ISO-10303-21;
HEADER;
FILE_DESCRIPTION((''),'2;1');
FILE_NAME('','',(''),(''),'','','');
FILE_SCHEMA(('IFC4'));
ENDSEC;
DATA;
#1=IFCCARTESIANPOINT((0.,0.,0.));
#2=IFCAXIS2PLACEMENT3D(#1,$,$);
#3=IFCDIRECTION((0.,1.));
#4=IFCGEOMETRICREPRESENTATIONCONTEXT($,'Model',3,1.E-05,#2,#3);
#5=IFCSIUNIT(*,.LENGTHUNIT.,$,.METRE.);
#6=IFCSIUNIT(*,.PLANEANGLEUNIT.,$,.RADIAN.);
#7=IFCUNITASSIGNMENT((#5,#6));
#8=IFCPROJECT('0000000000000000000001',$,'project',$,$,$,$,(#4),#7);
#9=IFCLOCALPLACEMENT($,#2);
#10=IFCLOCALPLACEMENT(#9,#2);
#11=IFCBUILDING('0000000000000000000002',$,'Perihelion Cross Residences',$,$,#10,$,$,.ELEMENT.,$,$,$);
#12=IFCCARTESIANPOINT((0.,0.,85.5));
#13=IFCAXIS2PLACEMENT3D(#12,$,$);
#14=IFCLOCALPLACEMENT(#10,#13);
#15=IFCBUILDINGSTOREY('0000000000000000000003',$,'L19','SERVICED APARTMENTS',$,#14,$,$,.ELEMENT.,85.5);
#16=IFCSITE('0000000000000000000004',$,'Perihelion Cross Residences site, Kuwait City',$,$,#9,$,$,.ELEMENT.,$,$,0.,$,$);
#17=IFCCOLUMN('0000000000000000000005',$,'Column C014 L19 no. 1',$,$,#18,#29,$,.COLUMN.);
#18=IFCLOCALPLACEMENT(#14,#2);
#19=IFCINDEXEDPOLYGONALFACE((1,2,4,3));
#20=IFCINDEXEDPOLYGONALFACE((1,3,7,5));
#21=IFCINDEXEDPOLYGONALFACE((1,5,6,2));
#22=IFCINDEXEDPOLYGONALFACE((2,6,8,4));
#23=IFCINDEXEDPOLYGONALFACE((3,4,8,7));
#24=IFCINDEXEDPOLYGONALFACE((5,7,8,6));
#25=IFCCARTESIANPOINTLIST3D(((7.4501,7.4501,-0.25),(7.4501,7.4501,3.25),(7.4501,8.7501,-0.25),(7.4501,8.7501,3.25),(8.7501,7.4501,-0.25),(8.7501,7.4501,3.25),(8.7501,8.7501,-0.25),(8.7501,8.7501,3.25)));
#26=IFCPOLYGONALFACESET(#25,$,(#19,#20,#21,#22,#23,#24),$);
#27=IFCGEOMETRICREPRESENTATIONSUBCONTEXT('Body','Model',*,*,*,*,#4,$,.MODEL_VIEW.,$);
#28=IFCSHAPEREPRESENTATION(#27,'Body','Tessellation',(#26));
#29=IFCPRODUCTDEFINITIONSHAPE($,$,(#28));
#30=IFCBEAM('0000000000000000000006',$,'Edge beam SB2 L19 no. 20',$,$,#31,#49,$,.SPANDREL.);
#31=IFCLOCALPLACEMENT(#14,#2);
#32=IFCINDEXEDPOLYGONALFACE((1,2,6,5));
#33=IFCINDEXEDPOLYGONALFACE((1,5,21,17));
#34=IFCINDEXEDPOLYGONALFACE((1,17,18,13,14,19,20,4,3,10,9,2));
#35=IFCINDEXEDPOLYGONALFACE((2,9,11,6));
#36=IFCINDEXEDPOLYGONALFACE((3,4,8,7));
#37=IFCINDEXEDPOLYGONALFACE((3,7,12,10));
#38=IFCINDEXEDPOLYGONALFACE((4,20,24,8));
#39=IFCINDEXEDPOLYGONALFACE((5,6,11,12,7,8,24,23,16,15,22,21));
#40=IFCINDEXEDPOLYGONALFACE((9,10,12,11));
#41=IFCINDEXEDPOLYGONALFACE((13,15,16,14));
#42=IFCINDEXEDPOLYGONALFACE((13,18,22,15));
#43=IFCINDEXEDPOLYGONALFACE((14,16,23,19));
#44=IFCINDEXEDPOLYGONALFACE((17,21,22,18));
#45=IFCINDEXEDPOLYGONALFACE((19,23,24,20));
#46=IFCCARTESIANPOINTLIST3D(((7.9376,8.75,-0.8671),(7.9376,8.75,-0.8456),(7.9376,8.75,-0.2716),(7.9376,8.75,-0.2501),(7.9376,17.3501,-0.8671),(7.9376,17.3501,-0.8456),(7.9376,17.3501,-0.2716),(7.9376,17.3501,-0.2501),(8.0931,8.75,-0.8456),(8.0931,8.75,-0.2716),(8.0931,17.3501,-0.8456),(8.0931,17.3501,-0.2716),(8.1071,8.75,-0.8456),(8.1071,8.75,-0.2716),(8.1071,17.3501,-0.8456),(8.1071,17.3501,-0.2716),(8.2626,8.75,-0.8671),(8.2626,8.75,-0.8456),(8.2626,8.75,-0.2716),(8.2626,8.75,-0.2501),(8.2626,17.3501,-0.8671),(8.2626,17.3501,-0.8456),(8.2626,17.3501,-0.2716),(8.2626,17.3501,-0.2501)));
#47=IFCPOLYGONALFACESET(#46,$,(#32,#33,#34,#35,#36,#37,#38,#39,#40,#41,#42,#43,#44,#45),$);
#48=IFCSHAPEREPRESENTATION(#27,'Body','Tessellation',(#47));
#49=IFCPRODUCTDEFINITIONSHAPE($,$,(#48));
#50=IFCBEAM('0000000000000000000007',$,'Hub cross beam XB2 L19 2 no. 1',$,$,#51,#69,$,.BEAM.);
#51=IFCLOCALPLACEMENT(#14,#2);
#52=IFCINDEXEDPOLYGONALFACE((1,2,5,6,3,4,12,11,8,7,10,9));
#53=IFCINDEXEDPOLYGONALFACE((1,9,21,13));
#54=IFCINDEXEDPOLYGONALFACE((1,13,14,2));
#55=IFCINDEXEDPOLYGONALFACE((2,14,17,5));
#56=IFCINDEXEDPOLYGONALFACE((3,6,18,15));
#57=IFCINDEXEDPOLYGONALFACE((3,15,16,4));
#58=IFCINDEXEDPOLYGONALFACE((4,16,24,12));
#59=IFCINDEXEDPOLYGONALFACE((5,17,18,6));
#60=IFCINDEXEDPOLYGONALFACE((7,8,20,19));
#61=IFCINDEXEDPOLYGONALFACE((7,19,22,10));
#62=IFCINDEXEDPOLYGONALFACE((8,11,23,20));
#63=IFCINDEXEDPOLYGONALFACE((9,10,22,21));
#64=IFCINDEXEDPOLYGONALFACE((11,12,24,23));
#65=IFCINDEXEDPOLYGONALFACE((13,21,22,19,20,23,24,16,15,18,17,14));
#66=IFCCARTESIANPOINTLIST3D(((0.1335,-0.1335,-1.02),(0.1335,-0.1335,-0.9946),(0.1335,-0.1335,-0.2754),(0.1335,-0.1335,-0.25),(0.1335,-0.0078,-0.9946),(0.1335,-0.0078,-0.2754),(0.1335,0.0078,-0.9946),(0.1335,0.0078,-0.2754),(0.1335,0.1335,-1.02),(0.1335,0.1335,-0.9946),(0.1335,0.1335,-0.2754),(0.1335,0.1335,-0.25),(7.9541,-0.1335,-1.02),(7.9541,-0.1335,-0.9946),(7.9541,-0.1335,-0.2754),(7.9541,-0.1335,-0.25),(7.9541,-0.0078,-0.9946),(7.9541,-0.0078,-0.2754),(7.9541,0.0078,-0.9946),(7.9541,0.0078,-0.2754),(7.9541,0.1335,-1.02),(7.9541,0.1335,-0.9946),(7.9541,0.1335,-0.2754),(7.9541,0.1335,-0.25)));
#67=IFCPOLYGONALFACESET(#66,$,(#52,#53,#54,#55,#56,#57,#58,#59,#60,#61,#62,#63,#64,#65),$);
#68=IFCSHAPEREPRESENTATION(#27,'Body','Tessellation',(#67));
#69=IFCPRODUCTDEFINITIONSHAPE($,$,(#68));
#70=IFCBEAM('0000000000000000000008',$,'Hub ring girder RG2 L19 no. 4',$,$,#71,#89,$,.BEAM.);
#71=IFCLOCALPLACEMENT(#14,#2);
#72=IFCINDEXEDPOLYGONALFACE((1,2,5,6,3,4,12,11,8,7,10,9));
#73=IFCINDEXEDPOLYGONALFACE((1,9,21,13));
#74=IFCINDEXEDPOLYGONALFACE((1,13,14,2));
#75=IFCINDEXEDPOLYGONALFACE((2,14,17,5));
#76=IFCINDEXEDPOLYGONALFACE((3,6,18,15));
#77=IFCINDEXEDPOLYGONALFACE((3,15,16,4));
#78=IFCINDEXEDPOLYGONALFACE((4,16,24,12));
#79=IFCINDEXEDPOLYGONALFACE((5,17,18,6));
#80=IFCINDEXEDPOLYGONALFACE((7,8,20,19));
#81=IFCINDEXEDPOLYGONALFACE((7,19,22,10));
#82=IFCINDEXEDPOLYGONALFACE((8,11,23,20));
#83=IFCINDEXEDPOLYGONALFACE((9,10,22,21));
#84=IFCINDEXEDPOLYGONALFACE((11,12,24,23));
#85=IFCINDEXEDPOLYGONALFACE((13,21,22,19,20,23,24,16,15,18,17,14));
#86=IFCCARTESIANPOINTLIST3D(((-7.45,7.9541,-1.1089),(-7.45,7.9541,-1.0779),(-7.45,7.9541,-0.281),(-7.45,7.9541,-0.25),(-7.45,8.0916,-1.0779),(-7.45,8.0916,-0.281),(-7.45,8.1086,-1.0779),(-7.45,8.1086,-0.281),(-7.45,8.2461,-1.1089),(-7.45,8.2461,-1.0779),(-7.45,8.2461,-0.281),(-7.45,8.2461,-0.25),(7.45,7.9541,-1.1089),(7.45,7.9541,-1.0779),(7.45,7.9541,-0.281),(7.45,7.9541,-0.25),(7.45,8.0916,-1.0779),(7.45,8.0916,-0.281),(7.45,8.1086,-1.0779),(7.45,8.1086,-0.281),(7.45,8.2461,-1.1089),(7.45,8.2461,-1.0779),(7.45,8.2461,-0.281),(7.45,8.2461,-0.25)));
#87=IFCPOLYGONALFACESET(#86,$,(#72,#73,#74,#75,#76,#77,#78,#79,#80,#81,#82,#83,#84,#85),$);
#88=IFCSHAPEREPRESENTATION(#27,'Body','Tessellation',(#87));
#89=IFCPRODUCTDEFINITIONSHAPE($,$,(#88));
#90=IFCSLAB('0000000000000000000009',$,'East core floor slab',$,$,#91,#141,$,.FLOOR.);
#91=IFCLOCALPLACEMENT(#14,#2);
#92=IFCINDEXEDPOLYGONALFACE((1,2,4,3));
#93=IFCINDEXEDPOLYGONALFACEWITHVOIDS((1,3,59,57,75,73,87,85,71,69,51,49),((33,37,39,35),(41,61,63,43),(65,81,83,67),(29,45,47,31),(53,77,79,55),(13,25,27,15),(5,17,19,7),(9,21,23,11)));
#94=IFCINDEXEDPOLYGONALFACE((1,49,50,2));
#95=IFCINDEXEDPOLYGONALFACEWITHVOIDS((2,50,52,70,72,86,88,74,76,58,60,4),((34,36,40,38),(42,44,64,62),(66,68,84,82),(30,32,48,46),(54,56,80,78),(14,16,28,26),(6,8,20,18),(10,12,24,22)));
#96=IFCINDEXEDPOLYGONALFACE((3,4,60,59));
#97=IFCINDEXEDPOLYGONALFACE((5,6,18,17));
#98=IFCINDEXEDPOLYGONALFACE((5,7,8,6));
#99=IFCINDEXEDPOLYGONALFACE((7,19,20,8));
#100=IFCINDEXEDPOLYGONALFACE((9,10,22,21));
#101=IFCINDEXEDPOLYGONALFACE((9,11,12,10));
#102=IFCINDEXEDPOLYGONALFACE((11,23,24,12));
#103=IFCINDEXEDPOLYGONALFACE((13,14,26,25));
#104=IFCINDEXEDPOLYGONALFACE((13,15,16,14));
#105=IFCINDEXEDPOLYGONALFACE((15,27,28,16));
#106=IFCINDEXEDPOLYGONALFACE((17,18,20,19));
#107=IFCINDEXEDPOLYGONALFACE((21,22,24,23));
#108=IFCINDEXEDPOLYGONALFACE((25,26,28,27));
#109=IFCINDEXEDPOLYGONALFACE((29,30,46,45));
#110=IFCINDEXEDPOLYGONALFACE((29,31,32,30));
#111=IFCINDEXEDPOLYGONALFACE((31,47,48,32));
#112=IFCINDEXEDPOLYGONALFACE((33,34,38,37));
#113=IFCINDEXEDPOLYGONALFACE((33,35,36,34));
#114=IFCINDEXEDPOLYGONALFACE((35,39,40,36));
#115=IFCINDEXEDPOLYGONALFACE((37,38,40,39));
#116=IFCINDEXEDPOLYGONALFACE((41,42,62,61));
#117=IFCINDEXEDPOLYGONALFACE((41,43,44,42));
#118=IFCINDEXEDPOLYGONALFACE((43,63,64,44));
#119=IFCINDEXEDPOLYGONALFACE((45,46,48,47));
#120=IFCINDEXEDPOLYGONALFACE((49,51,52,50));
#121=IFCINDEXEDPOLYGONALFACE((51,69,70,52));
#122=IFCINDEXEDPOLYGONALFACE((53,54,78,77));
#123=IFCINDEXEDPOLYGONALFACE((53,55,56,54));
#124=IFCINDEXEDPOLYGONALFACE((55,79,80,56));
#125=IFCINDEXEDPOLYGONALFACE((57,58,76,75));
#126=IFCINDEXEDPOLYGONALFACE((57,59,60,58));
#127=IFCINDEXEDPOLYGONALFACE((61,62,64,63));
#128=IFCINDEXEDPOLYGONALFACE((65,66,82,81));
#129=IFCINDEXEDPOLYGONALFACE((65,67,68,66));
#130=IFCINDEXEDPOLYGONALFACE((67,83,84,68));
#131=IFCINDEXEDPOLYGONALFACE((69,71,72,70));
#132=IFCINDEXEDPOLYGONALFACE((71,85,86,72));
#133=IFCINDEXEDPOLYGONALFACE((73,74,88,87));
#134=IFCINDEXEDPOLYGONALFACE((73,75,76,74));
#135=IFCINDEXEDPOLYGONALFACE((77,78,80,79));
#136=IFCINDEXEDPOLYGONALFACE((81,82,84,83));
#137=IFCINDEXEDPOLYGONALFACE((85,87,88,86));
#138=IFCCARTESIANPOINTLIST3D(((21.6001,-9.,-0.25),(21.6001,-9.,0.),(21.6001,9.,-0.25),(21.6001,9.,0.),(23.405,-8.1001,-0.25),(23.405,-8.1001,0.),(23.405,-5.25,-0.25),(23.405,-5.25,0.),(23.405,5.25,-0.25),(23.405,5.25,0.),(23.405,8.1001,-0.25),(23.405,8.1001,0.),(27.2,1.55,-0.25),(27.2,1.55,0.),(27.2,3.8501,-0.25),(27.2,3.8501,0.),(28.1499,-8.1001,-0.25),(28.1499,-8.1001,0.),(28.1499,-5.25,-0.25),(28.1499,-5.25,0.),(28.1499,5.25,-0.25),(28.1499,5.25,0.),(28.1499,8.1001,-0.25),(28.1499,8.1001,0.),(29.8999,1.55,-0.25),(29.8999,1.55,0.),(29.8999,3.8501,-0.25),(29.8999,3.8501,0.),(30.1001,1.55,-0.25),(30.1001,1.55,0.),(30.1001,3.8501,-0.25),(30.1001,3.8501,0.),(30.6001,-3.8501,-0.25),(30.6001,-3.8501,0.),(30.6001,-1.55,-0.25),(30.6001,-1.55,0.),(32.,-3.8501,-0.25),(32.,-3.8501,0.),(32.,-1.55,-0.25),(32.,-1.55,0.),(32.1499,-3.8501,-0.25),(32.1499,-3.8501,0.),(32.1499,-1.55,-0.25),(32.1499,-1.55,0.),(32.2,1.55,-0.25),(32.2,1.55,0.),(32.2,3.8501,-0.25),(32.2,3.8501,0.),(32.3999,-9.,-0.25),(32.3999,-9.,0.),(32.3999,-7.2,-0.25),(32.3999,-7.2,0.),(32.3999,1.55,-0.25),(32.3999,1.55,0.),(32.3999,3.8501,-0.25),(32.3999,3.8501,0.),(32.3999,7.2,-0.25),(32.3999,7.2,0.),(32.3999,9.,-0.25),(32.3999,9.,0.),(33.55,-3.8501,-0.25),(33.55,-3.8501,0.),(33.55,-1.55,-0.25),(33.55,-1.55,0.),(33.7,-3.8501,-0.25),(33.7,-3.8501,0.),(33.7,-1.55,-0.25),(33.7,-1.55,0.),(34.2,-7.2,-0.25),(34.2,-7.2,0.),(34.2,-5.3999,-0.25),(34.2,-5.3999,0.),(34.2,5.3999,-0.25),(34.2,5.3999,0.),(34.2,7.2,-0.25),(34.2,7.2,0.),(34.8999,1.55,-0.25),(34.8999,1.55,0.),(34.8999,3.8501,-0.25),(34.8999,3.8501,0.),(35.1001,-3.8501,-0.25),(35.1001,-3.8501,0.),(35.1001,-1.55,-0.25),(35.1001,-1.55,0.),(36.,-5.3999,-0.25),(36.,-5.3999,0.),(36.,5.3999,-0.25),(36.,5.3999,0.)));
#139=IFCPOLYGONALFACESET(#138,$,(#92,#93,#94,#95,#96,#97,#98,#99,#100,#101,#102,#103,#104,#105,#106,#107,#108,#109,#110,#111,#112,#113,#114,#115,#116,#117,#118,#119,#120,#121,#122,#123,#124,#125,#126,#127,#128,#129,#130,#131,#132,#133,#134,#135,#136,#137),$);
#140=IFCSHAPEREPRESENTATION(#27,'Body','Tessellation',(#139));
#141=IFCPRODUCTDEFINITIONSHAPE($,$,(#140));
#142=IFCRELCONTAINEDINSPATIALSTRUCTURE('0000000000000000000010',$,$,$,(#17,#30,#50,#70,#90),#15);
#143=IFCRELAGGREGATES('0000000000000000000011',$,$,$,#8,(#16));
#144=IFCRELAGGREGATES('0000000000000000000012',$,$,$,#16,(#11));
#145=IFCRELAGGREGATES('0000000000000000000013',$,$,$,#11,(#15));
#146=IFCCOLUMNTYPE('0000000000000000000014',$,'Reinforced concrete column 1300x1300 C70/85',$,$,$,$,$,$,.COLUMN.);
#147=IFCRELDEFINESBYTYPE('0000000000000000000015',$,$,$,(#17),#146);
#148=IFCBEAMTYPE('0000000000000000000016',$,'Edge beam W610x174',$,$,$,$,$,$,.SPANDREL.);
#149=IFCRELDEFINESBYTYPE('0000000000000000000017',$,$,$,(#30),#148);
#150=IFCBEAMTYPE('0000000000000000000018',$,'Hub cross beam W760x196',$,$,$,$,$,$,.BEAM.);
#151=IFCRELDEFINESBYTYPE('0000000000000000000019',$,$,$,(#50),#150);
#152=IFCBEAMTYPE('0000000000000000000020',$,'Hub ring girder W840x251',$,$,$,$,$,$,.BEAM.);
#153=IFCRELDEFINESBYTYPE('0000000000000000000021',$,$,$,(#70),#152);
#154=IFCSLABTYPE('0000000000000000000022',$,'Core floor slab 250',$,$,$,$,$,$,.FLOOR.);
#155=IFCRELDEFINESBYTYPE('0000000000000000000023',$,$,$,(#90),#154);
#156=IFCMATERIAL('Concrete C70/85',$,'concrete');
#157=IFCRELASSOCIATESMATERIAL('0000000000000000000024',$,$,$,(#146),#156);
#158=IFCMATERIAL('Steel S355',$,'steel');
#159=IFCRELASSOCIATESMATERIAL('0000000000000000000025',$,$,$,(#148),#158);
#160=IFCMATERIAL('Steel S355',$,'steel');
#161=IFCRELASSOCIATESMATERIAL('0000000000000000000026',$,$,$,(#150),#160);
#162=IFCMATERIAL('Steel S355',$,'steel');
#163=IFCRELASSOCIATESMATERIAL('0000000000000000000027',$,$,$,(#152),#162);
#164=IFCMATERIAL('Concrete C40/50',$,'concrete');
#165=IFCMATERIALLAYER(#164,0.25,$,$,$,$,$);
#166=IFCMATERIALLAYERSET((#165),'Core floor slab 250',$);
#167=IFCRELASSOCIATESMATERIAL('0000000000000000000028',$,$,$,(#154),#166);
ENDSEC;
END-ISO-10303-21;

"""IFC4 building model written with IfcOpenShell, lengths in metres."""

from ifc_helpers import new_model, si_unit, direction, frame, origin, origin_2d, place, context, subcontext, project, spatial, polyline, rectangle, i_section, outline, extrude, material, layer, layer_set, material_profile, profile_set, type_object, element, save


model = new_model("IFC4")

# Units and contexts
model_context = context("Model", 3, precision=1e-05, world=origin(), true_north=direction((0.0, 1.0)))
body_context = subcontext(model_context, "Body", "Model", "MODEL_VIEW")
ifc_project = project(units=[si_unit("LENGTHUNIT", "METRE"), si_unit("PLANEANGLEUNIT", "RADIAN")], contexts=[model_context])

# Site, building, storey
site_placement = place(None, origin())
site = spatial("IfcSite", under=ifc_project, at=site_placement, Name="Perihelion Cross Residences site, Kuwait City", CompositionType="ELEMENT", RefElevation=0.0)
building_placement = place(site_placement, origin())
building = spatial("IfcBuilding", under=site, at=building_placement, Name="Perihelion Cross Residences", CompositionType="ELEMENT")
storey_placement = place(building_placement, frame((0.0, 0.0, 85.5)))
storey = spatial("IfcBuildingStorey", under=building, at=storey_placement, Name="L19", Description="SERVICED APARTMENTS", CompositionType="ELEMENT", Elevation=85.5)

# Column
ifc_material_1 = material(Name="Concrete C70/85", Category="concrete")
ifc_material_profile_1 = material_profile(ifc_material_1, rectangle(XDim=1.3, YDim=1.3, at=origin_2d()), Name="RC 1300x1300")
ifc_profile_set_1 = profile_set([ifc_material_profile_1], Name="Concrete C70/85")
column_type = type_object("IfcColumnType", Name="Reinforced concrete column 1300x1300 C70/85", PredefinedType="COLUMN", material=ifc_profile_set_1)
column_placement = place(storey_placement, frame((8.1001, 8.1001, -0.25), z_axis=(0.0, 0.0, 1.0), x_axis=(1.0, 0.0, 0.0)))
element("IfcColumn", 1, at=column_placement, inside=storey, type_object=column_type, Name="Column C014 L19 no. 1", PredefinedType="COLUMN", context=body_context, shape_type="SweptSolid", body=[
    extrude(rectangle(XDim=1.3, YDim=1.3, at=origin_2d()), origin(), (0.0, 0.0, 1.0), 3.5),
])

# Beams
ifc_material_2 = material(Name="Steel S355", Category="steel")
ifc_material_profile_2 = material_profile(ifc_material_2, i_section(OverallWidth=0.325, OverallDepth=0.6169, WebThickness=0.0139, FlangeThickness=0.0215, at=origin_2d()), Name="W610x174")
ifc_profile_set_2 = profile_set([ifc_material_profile_2], Name="Steel S355")
beam_type_1 = type_object("IfcBeamType", Name="Edge beam W610x174", PredefinedType="SPANDREL", material=ifc_profile_set_2)
beam_1_placement = place(storey_placement, frame((8.1001, 8.75, -0.5586), z_axis=(0.0, 1.0, 0.0), x_axis=(-1.0, 0.0, 0.0)))
element("IfcBeam", 2, at=beam_1_placement, inside=storey, type_object=beam_type_1, Name="Edge beam SB2 L19 no. 20", PredefinedType="SPANDREL", context=body_context, shape_type="SweptSolid", body=[
    extrude(i_section(OverallWidth=0.325, OverallDepth=0.6169, WebThickness=0.0139, FlangeThickness=0.0215, at=origin_2d()), origin(), (0.0, 0.0, 1.0), 8.6001),
])
ifc_material_3 = material(Name="Steel S355", Category="steel")
ifc_material_profile_3 = material_profile(ifc_material_3, i_section(OverallWidth=0.2671, OverallDepth=0.77, WebThickness=0.0156, FlangeThickness=0.0254, at=origin_2d()), Name="W760x196")
ifc_profile_set_3 = profile_set([ifc_material_profile_3], Name="Steel S355")
beam_type_2 = type_object("IfcBeamType", Name="Hub cross beam W760x196", PredefinedType="BEAM", material=ifc_profile_set_3)
beam_2_placement = place(storey_placement, frame((0.1335, 0.0, -0.635), z_axis=(1.0, 0.0, 0.0), x_axis=(0.0, 1.0, 0.0)))
element("IfcBeam", 3, at=beam_2_placement, inside=storey, type_object=beam_type_2, Name="Hub cross beam XB2 L19 2 no. 1", PredefinedType="BEAM", context=body_context, shape_type="SweptSolid", body=[
    extrude(i_section(OverallWidth=0.2671, OverallDepth=0.77, WebThickness=0.0156, FlangeThickness=0.0254, at=origin_2d()), origin(), (0.0, 0.0, 1.0), 7.8206),
])
ifc_material_4 = material(Name="Steel S355", Category="steel")
ifc_material_profile_4 = material_profile(ifc_material_4, i_section(OverallWidth=0.292, OverallDepth=0.8589, WebThickness=0.0171, FlangeThickness=0.031, at=origin_2d()), Name="W840x251")
ifc_profile_set_4 = profile_set([ifc_material_profile_4], Name="Steel S355")
beam_type_3 = type_object("IfcBeamType", Name="Hub ring girder W840x251", PredefinedType="BEAM", material=ifc_profile_set_4)
beam_3_placement = place(storey_placement, frame((7.45, 8.1001, -0.6794), z_axis=(-1.0, 0.0, 0.0), x_axis=(0.0, -1.0, 0.0)))
element("IfcBeam", 4, at=beam_3_placement, inside=storey, type_object=beam_type_3, Name="Hub ring girder RG2 L19 no. 4", PredefinedType="BEAM", context=body_context, shape_type="SweptSolid", body=[
    extrude(i_section(OverallWidth=0.292, OverallDepth=0.8589, WebThickness=0.0171, FlangeThickness=0.031, at=origin_2d()), origin(), (0.0, 0.0, 1.0), 14.8999),
])

# Slab
ifc_material_5 = material(Name="Concrete C40/50", Category="concrete")
ifc_layer_1 = layer(ifc_material_5, 0.25)
ifc_layer_set_1 = layer_set([ifc_layer_1], Name="Core floor slab 250")
slab_type_1 = type_object("IfcSlabType", Name="Core floor slab 250", PredefinedType="FLOOR", material=ifc_layer_set_1)
slab_1_placement = place(storey_placement, frame((0.0, 0.0, -0.25)))
element("IfcSlab", 5, at=slab_1_placement, inside=storey, type_object=slab_type_1, Name="East core floor slab", PredefinedType="FLOOR", context=body_context, shape_type="SweptSolid", body=[
    extrude(outline(polyline([(32.3999, 7.2), (34.2, 7.2), (34.2, 5.3999), (36.0, 5.3999), (36.0, -5.3999), (34.2, -5.3999), (34.2, -7.2), (32.3999, -7.2), (32.3999, -9.0), (21.6001, -9.0), (21.6001, 9.0), (32.3999, 9.0), (32.3999, 7.2)]), holes=[polyline([(23.405, -8.1001), (28.1499, -8.1001), (28.1499, -5.25), (23.405, -5.25), (23.405, -8.1001)]), polyline([(30.6001, -1.55), (30.6001, -3.8501), (32.0, -3.8501), (32.0, -1.55), (30.6001, -1.55)]), polyline([(32.1499, -1.55), (32.1499, -3.8501), (33.55, -3.8501), (33.55, -1.55), (32.1499, -1.55)]), polyline([(33.7, -1.55), (33.7, -3.8501), (35.1001, -3.8501), (35.1001, -1.55), (33.7, -1.55)]), polyline([(27.2, 3.8501), (27.2, 1.55), (29.8999, 1.55), (29.8999, 3.8501), (27.2, 3.8501)]), polyline([(30.1001, 3.8501), (30.1001, 1.55), (32.2, 1.55), (32.2, 3.8501), (30.1001, 3.8501)]), polyline([(32.3999, 3.8501), (32.3999, 1.55), (34.8999, 1.55), (34.8999, 3.8501), (32.3999, 3.8501)]), polyline([(23.405, 5.25), (28.1499, 5.25), (28.1499, 8.1001), (23.405, 8.1001), (23.405, 5.25)])]), origin(), (0.0, 0.0, 1.0), 0.25),
])

save(model, "model.ifc")
